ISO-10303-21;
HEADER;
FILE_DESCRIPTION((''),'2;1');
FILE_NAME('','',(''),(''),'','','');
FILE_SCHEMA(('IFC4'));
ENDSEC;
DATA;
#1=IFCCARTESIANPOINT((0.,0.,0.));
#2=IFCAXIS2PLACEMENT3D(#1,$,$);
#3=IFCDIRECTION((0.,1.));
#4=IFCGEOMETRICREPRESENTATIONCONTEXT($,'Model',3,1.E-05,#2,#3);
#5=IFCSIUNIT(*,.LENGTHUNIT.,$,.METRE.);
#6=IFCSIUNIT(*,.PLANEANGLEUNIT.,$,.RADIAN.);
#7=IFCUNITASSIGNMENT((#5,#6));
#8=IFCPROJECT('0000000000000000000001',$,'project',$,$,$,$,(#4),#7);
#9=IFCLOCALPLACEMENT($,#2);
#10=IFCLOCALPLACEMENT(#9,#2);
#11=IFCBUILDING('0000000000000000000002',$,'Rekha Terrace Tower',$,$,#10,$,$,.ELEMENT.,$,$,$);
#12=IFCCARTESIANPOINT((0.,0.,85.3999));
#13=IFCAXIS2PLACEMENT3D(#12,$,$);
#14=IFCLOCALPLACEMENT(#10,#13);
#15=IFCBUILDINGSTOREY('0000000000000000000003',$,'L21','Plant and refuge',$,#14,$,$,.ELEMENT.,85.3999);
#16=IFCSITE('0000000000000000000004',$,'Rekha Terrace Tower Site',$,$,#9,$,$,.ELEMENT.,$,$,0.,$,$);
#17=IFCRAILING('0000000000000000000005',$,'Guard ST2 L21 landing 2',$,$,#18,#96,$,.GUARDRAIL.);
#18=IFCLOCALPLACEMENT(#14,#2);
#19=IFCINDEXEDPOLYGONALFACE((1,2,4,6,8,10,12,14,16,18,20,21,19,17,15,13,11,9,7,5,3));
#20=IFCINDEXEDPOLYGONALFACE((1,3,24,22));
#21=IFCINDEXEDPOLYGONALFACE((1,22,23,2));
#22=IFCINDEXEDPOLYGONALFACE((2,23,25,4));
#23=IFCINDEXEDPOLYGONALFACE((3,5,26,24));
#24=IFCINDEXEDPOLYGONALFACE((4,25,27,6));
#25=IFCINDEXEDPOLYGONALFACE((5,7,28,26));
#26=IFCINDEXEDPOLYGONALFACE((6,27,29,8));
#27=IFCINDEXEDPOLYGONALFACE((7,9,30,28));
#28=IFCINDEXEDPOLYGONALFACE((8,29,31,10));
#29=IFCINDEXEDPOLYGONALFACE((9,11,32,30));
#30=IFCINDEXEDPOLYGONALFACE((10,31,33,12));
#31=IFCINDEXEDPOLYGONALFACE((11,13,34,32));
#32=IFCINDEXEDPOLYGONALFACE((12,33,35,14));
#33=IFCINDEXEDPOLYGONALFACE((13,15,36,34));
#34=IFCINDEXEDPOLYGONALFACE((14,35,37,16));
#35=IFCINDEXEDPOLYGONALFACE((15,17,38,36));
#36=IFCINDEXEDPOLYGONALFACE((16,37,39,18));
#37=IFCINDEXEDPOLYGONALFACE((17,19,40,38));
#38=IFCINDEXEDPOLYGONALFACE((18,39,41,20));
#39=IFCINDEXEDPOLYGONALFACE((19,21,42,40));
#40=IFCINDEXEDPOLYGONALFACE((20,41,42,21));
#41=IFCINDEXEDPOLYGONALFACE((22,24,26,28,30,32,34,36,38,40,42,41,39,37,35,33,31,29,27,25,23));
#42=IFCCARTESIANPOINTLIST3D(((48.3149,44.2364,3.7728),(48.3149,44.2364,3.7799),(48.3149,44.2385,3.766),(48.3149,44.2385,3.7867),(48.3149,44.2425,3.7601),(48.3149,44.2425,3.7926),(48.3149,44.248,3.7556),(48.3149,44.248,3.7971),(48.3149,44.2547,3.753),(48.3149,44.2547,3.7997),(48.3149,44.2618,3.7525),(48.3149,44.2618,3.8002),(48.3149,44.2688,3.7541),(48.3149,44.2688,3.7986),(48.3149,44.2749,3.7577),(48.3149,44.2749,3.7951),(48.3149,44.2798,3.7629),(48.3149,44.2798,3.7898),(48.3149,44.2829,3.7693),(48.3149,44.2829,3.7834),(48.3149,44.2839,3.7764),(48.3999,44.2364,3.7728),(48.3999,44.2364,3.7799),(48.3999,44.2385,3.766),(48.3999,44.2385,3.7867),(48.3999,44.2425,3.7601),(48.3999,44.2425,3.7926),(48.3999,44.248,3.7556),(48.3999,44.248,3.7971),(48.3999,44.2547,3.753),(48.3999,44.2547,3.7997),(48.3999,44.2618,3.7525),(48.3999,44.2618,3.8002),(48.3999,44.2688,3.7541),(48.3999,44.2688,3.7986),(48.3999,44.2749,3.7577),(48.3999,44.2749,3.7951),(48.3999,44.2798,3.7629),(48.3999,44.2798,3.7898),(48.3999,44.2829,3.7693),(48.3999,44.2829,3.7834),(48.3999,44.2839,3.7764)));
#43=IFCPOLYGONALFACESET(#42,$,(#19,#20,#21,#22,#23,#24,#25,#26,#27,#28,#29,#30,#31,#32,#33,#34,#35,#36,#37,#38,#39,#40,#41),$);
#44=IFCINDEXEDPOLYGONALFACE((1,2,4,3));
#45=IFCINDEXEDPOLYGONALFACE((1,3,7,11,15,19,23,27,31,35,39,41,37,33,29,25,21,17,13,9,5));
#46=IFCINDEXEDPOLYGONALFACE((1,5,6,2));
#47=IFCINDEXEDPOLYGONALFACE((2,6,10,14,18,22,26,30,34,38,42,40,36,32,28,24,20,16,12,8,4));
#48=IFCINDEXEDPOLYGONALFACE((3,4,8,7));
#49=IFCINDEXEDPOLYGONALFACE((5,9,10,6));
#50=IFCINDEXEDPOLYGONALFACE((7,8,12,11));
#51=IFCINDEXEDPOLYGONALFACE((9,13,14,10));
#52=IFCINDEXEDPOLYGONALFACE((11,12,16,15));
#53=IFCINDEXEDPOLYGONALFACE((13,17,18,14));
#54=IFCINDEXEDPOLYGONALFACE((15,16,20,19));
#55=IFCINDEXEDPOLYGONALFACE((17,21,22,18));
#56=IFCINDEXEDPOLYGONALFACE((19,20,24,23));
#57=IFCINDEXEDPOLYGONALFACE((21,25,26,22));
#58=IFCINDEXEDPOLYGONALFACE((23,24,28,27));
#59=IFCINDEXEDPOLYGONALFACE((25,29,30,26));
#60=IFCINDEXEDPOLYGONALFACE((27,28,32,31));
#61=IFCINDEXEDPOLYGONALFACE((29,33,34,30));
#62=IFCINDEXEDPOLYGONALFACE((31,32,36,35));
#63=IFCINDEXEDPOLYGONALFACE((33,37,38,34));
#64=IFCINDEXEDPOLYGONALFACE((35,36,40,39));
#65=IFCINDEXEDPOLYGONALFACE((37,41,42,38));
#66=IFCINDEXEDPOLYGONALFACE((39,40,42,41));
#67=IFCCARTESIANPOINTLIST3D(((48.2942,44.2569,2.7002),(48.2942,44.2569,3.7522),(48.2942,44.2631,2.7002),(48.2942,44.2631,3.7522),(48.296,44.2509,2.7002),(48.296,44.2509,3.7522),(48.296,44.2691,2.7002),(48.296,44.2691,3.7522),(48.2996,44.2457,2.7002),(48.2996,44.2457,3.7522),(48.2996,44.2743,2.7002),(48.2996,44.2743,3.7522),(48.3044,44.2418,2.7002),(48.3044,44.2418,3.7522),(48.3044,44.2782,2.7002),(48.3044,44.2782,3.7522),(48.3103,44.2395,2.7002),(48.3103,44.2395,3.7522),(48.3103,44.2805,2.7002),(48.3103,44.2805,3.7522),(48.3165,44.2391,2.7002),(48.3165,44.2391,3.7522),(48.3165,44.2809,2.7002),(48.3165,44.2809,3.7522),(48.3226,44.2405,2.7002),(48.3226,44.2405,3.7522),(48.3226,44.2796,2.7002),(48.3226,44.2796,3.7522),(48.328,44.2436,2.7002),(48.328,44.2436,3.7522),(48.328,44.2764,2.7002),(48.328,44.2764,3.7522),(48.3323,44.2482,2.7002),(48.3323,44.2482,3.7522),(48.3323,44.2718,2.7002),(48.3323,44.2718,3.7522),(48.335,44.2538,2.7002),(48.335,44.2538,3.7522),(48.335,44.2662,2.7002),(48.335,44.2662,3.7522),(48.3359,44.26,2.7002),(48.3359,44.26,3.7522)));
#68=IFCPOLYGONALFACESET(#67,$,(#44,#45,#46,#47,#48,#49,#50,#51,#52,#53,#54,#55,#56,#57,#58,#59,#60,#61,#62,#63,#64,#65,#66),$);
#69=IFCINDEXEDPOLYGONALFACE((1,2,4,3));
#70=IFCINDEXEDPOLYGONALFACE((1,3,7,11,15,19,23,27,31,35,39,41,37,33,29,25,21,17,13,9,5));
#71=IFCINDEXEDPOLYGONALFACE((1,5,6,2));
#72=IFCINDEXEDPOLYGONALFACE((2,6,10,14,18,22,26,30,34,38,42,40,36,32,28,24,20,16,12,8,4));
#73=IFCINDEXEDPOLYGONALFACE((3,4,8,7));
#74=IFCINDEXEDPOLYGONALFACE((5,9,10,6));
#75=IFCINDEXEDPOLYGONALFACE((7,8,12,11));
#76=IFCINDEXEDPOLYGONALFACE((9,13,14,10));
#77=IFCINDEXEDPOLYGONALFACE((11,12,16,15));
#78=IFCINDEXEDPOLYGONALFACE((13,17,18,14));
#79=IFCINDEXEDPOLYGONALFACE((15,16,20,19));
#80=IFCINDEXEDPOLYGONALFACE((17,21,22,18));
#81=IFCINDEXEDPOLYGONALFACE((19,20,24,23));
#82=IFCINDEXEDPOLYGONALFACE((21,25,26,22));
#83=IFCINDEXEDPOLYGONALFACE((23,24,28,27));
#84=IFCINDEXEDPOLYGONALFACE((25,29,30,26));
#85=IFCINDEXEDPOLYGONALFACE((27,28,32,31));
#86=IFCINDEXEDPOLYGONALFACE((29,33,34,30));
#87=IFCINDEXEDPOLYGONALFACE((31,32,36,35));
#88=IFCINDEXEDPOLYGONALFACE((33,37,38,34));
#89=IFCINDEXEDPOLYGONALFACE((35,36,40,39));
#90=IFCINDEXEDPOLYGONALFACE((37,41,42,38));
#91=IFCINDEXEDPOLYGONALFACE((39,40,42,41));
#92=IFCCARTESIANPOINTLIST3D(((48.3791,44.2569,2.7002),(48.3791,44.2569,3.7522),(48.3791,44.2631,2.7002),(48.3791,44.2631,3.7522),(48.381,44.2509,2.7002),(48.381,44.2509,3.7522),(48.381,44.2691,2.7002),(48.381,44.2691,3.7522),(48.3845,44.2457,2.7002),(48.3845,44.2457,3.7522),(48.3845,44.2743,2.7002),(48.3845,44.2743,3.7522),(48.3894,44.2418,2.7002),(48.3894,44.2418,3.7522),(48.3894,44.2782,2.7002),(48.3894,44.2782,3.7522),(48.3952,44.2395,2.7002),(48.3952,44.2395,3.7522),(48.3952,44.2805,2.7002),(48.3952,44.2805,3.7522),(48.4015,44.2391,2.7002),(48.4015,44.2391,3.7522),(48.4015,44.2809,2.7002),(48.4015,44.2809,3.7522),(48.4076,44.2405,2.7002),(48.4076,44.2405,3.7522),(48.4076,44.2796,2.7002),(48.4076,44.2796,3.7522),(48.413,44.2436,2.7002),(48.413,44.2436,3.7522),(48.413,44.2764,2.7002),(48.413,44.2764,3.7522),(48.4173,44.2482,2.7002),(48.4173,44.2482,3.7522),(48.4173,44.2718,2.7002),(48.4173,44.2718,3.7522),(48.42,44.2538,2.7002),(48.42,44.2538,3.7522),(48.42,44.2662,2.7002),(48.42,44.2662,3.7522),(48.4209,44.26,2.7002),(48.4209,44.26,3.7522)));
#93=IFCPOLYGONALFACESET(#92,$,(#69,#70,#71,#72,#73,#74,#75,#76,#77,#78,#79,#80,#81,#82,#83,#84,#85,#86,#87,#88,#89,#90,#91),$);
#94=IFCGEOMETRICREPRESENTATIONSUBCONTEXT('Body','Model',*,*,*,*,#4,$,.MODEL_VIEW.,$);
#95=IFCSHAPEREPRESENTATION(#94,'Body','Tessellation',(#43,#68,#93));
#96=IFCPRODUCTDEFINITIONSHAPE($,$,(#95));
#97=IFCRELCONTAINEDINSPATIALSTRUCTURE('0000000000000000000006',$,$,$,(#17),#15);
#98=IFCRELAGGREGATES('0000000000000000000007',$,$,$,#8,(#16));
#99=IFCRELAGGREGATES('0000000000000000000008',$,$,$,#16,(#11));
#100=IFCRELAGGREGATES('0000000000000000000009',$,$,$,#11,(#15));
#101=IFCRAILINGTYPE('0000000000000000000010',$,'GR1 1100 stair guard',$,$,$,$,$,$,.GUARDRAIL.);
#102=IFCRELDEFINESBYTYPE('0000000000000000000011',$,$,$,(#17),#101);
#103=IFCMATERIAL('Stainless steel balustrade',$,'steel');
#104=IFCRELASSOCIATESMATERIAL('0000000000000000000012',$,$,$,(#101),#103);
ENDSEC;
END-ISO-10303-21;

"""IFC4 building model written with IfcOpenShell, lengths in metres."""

from ifc_helpers import new_model, si_unit, direction, frame, origin, origin_2d, place, context, subcontext, project, spatial, circle, extrude, material, type_object, element, save


model = new_model("IFC4")

# Units and contexts
model_context = context("Model", 3, precision=1e-05, world=origin(), true_north=direction((0.0, 1.0)))
body_context = subcontext(model_context, "Body", "Model", "MODEL_VIEW")
ifc_project = project(units=[si_unit("LENGTHUNIT", "METRE"), si_unit("PLANEANGLEUNIT", "RADIAN")], contexts=[model_context])

# Site, building, storey
site_placement = place(None, origin())
site = spatial("IfcSite", under=ifc_project, at=site_placement, Name="Rekha Terrace Tower Site", CompositionType="ELEMENT", RefElevation=0.0)
building_placement = place(site_placement, origin())
building = spatial("IfcBuilding", under=site, at=building_placement, Name="Rekha Terrace Tower", CompositionType="ELEMENT")
storey_placement = place(building_placement, frame((0.0, 0.0, 85.3999)))
storey = spatial("IfcBuildingStorey", under=building, at=storey_placement, Name="L21", Description="Plant and refuge", CompositionType="ELEMENT", Elevation=85.3999)

# Railing
ifc_material_1 = material(Name="Stainless steel balustrade", Category="steel")
railing_type_1 = type_object("IfcRailingType", Name="GR1 1100 stair guard", PredefinedType="GUARDRAIL", material=ifc_material_1)
railing_1_placement = place(storey_placement, frame((48.3149, 44.26, 2.7002)))
element("IfcRailing", 1, at=railing_1_placement, inside=storey, type_object=railing_type_1, Name="Guard ST2 L21 landing 2", PredefinedType="GUARDRAIL", context=body_context, shape_type="SweptSolid", body=[
    extrude(circle(Radius=0.0239, at=origin_2d()), frame((0.0, 0.0, 1.0762), z_axis=(1.0, 0.0, 0.0), x_axis=(0.0, 1.0, 0.0)), (0.0, 0.0, 1.0), 0.085),
    extrude(circle(Radius=0.021, at=origin_2d()), origin(), (0.0, 0.0, 1.0), 1.052),
    extrude(circle(Radius=0.021, at=origin_2d()), frame((0.085, 0.0, 0.0)), (0.0, 0.0, 1.0), 1.052),
])

save(model, "model.ifc")
